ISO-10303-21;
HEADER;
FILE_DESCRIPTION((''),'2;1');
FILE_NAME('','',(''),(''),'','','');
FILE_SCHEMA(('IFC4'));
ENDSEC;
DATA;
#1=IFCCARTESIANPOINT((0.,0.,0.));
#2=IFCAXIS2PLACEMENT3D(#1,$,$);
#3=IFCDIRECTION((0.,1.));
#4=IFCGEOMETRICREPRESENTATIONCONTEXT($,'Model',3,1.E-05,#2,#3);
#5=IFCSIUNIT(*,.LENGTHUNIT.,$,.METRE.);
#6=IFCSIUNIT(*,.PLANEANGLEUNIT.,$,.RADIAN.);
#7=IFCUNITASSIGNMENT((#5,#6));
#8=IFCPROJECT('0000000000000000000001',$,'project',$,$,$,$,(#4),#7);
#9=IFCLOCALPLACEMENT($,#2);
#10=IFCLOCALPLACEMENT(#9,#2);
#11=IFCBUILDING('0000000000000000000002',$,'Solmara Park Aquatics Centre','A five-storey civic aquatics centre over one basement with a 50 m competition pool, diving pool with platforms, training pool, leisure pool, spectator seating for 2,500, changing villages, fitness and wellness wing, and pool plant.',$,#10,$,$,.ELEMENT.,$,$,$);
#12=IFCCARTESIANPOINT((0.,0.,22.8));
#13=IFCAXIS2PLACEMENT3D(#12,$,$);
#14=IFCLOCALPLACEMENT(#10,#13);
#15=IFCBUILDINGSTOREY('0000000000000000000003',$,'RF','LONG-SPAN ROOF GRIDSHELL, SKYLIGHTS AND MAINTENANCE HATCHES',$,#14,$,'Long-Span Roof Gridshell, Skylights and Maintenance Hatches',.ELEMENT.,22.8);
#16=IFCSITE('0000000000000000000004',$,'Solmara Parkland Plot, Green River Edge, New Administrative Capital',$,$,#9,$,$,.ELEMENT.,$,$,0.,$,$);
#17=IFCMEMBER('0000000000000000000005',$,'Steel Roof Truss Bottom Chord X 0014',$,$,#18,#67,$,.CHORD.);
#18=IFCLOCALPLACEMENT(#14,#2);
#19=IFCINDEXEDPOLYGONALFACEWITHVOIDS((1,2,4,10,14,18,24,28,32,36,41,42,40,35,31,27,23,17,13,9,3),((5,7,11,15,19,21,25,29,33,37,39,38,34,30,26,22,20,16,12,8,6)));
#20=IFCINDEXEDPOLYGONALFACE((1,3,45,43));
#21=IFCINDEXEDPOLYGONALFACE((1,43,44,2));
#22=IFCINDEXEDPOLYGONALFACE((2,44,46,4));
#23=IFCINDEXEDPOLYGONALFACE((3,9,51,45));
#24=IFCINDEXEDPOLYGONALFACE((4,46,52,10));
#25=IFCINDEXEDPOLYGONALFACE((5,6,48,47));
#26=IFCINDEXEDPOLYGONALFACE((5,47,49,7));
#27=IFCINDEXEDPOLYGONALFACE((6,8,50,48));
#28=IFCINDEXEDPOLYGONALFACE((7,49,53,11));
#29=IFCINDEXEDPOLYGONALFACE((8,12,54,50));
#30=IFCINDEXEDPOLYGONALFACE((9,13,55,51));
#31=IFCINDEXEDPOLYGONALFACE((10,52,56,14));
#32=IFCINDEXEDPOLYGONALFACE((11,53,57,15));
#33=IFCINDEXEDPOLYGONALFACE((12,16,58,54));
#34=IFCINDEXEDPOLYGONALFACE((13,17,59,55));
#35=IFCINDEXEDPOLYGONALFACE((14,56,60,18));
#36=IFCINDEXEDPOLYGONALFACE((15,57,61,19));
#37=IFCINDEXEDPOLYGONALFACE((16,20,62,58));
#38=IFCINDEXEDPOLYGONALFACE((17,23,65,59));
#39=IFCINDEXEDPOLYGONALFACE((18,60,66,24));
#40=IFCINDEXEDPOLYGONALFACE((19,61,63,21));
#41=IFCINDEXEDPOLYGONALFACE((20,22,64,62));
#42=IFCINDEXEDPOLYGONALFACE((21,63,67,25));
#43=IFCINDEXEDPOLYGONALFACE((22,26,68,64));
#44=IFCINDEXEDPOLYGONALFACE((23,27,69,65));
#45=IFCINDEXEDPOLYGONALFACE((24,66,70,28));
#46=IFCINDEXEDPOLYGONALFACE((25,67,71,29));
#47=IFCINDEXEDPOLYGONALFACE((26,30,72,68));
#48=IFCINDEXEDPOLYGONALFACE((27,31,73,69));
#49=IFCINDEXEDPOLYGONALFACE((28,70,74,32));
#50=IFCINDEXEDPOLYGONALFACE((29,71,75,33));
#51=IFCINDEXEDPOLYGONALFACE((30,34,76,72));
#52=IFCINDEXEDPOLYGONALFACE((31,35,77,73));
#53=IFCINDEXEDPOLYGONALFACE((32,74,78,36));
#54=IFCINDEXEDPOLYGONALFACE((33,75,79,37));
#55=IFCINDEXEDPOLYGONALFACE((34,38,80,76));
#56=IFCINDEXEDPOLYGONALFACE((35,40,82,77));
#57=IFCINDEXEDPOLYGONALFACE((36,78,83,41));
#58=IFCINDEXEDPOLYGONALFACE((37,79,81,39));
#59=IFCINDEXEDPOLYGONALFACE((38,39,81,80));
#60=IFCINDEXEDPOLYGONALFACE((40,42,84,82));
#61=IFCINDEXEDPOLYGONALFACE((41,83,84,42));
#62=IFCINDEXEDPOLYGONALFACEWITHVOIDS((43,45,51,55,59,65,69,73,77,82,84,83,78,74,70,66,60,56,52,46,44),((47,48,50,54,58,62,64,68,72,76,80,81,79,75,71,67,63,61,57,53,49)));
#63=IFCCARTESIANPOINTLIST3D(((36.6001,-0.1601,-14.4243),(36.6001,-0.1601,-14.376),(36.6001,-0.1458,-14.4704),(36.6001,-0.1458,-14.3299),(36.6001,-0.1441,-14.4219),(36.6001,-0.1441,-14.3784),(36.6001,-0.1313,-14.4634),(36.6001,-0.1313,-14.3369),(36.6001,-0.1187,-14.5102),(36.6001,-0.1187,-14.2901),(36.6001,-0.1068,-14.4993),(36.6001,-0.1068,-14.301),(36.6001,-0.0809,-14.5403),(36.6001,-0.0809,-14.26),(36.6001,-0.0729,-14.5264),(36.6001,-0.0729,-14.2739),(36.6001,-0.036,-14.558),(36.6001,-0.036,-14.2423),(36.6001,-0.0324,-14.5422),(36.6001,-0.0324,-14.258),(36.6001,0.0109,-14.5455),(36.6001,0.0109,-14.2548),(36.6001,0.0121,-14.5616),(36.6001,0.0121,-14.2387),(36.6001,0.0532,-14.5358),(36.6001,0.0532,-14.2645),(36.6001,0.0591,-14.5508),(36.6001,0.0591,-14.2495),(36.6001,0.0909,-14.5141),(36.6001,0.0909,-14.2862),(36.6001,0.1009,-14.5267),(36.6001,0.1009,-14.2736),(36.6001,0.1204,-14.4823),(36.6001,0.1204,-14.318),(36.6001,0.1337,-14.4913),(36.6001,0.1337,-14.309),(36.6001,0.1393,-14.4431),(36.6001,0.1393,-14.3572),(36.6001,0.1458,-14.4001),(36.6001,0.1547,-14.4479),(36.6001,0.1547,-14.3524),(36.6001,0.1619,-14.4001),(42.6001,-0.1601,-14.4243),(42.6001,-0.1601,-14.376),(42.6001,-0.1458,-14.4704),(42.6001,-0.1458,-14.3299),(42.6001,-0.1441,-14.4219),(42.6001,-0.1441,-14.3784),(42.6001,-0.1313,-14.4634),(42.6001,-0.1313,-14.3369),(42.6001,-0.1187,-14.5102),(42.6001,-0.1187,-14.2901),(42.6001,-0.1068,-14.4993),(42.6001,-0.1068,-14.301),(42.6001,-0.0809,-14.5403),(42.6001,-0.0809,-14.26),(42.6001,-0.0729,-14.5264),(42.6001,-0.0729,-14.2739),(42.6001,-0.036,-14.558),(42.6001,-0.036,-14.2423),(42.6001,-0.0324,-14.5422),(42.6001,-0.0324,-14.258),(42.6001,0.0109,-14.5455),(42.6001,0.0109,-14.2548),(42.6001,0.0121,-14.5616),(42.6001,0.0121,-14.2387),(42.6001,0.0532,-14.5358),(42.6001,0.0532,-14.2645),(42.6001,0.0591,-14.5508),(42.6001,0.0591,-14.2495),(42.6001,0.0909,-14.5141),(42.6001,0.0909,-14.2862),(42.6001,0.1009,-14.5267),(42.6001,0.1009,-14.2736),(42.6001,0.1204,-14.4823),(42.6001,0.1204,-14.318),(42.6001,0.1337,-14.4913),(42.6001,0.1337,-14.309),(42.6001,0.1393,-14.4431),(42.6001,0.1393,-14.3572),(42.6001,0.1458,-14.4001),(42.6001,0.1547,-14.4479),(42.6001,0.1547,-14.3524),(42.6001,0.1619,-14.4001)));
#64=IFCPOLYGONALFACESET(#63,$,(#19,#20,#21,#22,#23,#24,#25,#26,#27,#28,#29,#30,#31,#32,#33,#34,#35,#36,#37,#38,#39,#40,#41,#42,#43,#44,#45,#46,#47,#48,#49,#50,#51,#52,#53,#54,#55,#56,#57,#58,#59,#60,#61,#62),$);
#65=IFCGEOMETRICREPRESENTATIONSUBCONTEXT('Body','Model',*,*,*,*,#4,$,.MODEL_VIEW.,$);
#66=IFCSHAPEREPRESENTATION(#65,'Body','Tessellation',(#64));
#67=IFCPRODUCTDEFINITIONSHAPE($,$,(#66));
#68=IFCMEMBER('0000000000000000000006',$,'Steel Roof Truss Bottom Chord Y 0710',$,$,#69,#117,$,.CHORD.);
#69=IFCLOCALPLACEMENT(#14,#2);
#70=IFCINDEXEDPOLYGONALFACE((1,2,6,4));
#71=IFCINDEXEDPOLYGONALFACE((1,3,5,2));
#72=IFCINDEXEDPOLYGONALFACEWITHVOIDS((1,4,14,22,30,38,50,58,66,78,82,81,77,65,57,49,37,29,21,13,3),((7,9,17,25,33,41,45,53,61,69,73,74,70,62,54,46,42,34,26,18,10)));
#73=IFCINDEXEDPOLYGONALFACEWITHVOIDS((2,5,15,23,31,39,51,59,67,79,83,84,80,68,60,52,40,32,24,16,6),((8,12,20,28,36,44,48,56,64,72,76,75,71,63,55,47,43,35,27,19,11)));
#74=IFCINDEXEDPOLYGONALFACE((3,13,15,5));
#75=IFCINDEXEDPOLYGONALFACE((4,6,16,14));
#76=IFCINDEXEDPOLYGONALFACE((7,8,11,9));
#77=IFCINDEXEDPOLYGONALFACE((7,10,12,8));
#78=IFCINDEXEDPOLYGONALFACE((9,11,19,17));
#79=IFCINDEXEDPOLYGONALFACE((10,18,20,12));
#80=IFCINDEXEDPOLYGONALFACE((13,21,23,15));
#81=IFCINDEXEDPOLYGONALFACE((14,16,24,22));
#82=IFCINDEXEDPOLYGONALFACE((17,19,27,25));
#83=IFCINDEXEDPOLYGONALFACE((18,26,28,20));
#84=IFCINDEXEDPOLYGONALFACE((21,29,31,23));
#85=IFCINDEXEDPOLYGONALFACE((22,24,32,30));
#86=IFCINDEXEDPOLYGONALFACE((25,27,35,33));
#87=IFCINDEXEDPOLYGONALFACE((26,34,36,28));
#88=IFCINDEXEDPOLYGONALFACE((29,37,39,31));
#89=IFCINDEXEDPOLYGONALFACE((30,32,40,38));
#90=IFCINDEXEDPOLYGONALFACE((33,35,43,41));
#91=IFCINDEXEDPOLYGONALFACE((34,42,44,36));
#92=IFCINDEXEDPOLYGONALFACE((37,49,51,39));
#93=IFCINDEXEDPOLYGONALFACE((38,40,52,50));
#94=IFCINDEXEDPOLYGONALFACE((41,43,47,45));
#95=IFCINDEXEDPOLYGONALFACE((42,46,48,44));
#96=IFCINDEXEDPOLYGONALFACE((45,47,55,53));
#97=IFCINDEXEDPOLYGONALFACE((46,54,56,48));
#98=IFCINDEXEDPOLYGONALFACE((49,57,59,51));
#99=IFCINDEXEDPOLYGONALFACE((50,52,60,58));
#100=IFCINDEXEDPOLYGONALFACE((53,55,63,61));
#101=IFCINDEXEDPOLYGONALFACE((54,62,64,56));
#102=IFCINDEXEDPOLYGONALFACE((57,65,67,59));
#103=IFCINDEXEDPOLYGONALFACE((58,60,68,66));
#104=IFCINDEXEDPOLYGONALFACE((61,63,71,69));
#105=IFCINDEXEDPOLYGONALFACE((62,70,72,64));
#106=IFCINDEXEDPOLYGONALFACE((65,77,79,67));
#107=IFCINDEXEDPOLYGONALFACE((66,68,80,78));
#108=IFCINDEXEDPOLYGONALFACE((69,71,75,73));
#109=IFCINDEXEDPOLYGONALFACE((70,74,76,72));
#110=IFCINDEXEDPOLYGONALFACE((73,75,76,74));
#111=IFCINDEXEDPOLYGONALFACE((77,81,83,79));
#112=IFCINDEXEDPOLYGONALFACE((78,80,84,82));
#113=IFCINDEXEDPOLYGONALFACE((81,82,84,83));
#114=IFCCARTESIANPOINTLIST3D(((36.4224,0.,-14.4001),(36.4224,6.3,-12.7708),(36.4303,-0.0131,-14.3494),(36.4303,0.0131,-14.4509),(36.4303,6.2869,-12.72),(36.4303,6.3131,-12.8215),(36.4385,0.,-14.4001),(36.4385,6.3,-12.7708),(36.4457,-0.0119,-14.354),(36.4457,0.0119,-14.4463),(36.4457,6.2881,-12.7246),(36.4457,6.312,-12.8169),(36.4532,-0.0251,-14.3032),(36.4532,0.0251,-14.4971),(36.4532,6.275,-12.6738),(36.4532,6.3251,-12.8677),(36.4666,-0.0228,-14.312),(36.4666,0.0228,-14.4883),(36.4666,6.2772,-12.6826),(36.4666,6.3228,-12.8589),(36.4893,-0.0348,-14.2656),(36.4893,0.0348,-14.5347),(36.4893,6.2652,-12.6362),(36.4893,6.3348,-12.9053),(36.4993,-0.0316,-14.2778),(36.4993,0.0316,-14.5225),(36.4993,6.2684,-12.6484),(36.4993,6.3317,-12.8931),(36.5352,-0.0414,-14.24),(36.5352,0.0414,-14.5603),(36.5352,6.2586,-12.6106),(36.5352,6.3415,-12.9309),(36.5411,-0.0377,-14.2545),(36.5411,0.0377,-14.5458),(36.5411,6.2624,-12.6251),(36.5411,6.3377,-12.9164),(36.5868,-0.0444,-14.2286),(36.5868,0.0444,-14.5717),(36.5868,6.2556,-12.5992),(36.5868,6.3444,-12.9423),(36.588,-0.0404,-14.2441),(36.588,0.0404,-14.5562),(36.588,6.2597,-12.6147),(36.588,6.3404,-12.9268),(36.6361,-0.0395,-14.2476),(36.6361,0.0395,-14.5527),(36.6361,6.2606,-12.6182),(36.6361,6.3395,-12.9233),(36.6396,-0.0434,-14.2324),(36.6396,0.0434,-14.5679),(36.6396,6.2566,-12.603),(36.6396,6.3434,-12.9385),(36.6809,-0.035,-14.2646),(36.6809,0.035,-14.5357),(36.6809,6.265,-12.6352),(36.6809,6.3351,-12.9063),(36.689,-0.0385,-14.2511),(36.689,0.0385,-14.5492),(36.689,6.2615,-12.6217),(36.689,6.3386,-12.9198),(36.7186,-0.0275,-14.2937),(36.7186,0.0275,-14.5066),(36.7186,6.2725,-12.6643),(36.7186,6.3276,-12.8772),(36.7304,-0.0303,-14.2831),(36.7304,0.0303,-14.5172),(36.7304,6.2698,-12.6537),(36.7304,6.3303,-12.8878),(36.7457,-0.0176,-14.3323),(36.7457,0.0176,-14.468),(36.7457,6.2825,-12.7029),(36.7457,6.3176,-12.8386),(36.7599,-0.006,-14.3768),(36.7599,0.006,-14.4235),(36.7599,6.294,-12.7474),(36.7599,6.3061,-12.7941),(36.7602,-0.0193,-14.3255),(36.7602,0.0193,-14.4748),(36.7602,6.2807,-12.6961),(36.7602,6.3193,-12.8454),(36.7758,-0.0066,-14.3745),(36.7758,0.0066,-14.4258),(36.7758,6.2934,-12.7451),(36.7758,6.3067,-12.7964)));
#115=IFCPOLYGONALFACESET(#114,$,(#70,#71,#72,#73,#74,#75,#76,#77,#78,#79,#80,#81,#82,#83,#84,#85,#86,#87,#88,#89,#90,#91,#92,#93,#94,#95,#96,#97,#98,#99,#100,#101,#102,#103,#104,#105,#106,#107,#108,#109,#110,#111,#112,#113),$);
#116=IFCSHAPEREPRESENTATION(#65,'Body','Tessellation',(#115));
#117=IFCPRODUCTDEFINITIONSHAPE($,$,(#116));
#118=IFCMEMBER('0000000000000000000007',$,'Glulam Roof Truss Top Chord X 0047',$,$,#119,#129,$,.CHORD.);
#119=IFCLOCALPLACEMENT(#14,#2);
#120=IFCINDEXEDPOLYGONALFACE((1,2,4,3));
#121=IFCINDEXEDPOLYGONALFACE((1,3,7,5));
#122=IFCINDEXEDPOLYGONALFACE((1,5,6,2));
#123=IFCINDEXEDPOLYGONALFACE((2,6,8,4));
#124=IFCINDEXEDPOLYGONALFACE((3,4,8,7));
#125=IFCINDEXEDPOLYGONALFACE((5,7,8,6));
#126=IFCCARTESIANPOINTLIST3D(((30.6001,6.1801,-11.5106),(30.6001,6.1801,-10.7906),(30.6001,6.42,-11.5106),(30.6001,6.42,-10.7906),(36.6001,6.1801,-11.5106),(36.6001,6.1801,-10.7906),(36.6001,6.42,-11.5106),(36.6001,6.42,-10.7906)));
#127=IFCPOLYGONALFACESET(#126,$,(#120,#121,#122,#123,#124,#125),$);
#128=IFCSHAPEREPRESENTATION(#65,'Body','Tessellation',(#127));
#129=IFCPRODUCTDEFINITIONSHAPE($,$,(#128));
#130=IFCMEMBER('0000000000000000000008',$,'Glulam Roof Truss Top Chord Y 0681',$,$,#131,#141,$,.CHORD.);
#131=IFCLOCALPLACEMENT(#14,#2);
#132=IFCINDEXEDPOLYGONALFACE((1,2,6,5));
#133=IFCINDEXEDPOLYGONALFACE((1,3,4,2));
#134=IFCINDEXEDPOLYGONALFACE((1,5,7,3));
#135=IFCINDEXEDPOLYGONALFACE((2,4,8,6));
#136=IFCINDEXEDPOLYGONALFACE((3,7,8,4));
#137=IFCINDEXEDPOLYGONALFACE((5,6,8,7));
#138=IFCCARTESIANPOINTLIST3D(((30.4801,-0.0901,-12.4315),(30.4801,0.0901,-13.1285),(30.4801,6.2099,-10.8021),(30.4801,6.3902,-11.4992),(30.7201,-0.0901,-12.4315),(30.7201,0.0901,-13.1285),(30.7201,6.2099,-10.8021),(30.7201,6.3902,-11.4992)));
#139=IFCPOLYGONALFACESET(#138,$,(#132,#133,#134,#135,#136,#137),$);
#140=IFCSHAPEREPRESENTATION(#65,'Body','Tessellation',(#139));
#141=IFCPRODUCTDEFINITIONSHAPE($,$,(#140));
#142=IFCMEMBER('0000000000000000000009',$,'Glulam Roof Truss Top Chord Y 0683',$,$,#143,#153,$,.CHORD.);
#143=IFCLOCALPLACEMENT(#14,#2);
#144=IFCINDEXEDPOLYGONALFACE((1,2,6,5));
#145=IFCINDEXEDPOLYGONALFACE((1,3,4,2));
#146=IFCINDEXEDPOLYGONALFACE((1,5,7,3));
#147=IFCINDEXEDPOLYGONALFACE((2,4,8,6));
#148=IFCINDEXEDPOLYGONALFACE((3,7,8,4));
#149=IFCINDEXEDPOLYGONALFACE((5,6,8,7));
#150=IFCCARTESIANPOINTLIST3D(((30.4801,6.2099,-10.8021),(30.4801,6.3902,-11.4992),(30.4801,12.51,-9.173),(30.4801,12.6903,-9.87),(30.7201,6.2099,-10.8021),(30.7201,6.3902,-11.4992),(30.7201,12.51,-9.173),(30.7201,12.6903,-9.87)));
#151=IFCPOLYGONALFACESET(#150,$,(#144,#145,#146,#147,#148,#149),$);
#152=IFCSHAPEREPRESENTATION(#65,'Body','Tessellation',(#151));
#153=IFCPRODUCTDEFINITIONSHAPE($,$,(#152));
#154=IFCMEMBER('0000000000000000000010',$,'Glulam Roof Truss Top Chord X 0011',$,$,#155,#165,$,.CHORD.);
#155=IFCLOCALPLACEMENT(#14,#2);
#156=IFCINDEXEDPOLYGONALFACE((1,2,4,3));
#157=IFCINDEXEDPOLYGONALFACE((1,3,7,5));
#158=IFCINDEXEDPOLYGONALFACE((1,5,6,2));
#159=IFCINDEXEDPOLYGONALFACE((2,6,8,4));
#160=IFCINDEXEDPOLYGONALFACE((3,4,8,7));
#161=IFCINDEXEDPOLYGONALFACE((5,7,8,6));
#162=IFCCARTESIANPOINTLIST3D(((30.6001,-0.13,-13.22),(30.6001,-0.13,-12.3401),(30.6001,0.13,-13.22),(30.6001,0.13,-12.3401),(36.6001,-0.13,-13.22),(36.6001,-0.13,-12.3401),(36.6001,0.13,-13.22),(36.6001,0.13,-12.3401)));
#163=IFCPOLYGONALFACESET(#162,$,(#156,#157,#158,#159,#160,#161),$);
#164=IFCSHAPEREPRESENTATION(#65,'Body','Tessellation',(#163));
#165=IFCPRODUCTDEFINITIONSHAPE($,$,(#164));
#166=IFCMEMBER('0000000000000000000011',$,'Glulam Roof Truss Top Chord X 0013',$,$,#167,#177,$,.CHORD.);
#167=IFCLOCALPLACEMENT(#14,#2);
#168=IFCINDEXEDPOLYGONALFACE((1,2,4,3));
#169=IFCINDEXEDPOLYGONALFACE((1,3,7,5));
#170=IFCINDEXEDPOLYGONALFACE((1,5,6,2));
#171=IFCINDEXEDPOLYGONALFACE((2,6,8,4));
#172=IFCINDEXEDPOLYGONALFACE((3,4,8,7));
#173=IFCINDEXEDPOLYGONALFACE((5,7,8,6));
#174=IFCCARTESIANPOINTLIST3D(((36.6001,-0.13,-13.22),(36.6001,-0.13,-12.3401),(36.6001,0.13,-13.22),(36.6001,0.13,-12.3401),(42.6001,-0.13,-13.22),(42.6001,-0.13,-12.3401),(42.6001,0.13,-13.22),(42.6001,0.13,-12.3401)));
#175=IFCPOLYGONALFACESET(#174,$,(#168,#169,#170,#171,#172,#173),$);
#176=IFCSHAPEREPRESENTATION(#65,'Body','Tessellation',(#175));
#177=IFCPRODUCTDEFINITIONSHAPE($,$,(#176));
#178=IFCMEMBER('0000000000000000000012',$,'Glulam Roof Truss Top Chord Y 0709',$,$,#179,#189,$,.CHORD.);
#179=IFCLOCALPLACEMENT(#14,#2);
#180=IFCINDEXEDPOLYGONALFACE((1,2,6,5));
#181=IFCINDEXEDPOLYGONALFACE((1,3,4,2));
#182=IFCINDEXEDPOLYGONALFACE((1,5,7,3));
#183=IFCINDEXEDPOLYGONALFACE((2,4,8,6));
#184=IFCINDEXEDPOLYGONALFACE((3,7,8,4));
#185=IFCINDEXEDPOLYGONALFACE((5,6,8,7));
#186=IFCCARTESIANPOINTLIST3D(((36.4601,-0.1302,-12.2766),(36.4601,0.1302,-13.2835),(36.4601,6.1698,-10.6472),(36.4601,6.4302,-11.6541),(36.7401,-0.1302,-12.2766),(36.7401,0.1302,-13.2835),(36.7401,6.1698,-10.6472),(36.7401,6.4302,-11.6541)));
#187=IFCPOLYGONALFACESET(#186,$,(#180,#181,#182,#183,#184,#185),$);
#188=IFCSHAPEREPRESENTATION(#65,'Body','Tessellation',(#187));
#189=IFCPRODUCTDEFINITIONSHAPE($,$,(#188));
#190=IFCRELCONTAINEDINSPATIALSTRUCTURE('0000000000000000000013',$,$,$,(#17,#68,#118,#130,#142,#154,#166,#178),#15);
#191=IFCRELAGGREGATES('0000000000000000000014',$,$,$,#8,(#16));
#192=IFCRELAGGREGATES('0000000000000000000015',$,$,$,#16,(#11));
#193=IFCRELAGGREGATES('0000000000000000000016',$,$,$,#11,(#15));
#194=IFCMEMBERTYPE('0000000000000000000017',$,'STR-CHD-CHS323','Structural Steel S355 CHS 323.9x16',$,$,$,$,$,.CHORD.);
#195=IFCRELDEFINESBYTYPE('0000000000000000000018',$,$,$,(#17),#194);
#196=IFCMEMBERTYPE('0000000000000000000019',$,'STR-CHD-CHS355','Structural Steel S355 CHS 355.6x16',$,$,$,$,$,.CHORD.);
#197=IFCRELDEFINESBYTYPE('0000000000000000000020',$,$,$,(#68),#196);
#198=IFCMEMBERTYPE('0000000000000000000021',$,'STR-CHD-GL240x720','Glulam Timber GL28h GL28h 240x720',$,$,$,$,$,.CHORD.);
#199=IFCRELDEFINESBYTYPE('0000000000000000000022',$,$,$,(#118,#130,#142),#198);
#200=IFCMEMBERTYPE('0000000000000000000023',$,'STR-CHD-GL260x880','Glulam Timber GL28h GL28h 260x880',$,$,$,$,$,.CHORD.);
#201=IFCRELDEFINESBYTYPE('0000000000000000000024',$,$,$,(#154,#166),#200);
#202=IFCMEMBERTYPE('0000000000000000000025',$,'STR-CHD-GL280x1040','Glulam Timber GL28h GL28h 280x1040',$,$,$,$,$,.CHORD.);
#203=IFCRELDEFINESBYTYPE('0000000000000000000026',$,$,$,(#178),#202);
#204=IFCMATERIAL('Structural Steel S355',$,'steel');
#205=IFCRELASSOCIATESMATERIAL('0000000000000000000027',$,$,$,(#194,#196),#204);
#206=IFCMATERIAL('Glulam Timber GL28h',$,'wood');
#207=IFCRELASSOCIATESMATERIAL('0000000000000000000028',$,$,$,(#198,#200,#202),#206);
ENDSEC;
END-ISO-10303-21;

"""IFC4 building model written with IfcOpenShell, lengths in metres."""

from ifc_helpers import new_model, si_unit, direction, frame, origin, origin_2d, place, context, subcontext, project, spatial, rectangle, hollow_circle, extrude, material, material_profile, profile_set, type_object, element, save


model = new_model("IFC4")

# Units and contexts
model_context = context("Model", 3, precision=1e-05, world=origin(), true_north=direction((0.0, 1.0)))
body_context = subcontext(model_context, "Body", "Model", "MODEL_VIEW")
ifc_project = project(units=[si_unit("LENGTHUNIT", "METRE"), si_unit("PLANEANGLEUNIT", "RADIAN")], contexts=[model_context])

# Site, building, storey
site_placement = place(None, origin())
site = spatial("IfcSite", under=ifc_project, at=site_placement, Name="Solmara Parkland Plot, Green River Edge, New Administrative Capital", CompositionType="ELEMENT", RefElevation=0.0)
building_placement = place(site_placement, origin())
building = spatial("IfcBuilding", under=site, at=building_placement, Name="Solmara Park Aquatics Centre", Description="A five-storey civic aquatics centre over one basement with a 50 m competition pool, diving pool with platforms, training pool, leisure pool, spectator seating for 2,500, changing villages, fitness and wellness wing, and pool plant.", CompositionType="ELEMENT")
storey_placement = place(building_placement, frame((0.0, 0.0, 22.8)))
storey = spatial("IfcBuildingStorey", under=building, at=storey_placement, Name="RF", Description="LONG-SPAN ROOF GRIDSHELL, SKYLIGHTS AND MAINTENANCE HATCHES", LongName="Long-Span Roof Gridshell, Skylights and Maintenance Hatches", CompositionType="ELEMENT", Elevation=22.8)

# Members
ifc_material_1 = material(Name="Structural Steel S355", Category="steel")
ifc_material_profile_1 = material_profile(ifc_material_1, hollow_circle(Radius=0.1619, WallThickness=0.0161, at=origin_2d()), Name="CHS 323.9x16")
ifc_profile_set_1 = profile_set([ifc_material_profile_1], Name="Structural Steel S355")
member_type_1 = type_object("IfcMemberType", Name="STR-CHD-CHS323", Description="Structural Steel S355 CHS 323.9x16", PredefinedType="CHORD", material=ifc_profile_set_1)
for number, where, z_axis, x_axis, name in (
    (1, (36.6001, 0.0, -14.4001), (1.0, 0.0, 0.0), (0.0, 1.0, 0.0), "Steel Roof Truss Bottom Chord X 0014"),
):
    element("IfcMember", number, at=place(storey_placement, frame(where, z_axis=z_axis, x_axis=x_axis)), inside=storey, type_object=member_type_1, Name=name, PredefinedType="CHORD", context=body_context, shape_type="SweptSolid", body=[
        extrude(hollow_circle(Radius=0.1619, WallThickness=0.0161, at=origin_2d()), origin(), (0.0, 0.0, 1.0), 6.0),
    ])
ifc_material_profile_2 = material_profile(ifc_material_1, hollow_circle(Radius=0.1777, WallThickness=0.0161, at=origin_2d()), Name="CHS 355.6x16")
ifc_profile_set_2 = profile_set([ifc_material_profile_2], Name="Structural Steel S355")
member_type_2 = type_object("IfcMemberType", Name="STR-CHD-CHS355", Description="Structural Steel S355 CHS 355.6x16", PredefinedType="CHORD", material=ifc_profile_set_2)
member_1_placement = place(storey_placement, frame((36.6001, 0.0, -14.4001), z_axis=(0.0, 0.968144, 0.250393), x_axis=(-1.0, 0.0, 0.0)))
element("IfcMember", 2, at=member_1_placement, inside=storey, type_object=member_type_2, Name="Steel Roof Truss Bottom Chord Y 0710", PredefinedType="CHORD", context=body_context, shape_type="SweptSolid", body=[
    extrude(hollow_circle(Radius=0.1777, WallThickness=0.0161, at=origin_2d()), origin(), (0.0, 0.0, 1.0), 6.5073),
])
ifc_material_2 = material(Name="Glulam Timber GL28h", Category="wood")
ifc_material_profile_3 = material_profile(ifc_material_2, rectangle(XDim=0.24, YDim=0.72, at=origin_2d()), Name="GL28h 240x720")
ifc_profile_set_3 = profile_set([ifc_material_profile_3], Name="Glulam Timber GL28h")
member_type_3 = type_object("IfcMemberType", Name="STR-CHD-GL240x720", Description="Glulam Timber GL28h GL28h 240x720", PredefinedType="CHORD", material=ifc_profile_set_3)
member_2_placement = place(storey_placement, frame((30.6001, 6.3, -11.1506), z_axis=(1.0, 0.0, 0.0), x_axis=(0.0, 1.0, 0.0)))
element("IfcMember", 3, at=member_2_placement, inside=storey, type_object=member_type_3, Name="Glulam Roof Truss Top Chord X 0047", PredefinedType="CHORD", context=body_context, shape_type="SweptSolid", body=[
    extrude(rectangle(XDim=0.24, YDim=0.72, at=origin_2d()), origin(), (0.0, 0.0, 1.0), 6.0),
])
for number, where, z_axis, x_axis, name in (
    (4, (30.6001, 0.0, -12.78), (0.0, 0.968144, 0.250393), (-1.0, 0.0, 0.0), "Glulam Roof Truss Top Chord Y 0681"),
    (5, (30.6001, 6.3, -11.1506), (0.0, 0.968153, 0.250358), (-1.0, 0.0, 0.0), "Glulam Roof Truss Top Chord Y 0683"),
):
    element("IfcMember", number, at=place(storey_placement, frame(where, z_axis=z_axis, x_axis=x_axis)), inside=storey, type_object=member_type_3, Name=name, PredefinedType="CHORD", context=body_context, shape_type="SweptSolid", body=[
        extrude(rectangle(XDim=0.24, YDim=0.72, at=origin_2d()), origin(), (0.0, 0.0, 1.0), 6.5073),
    ])
ifc_material_profile_4 = material_profile(ifc_material_2, rectangle(XDim=0.26, YDim=0.8799, at=origin_2d()), Name="GL28h 260x880")
ifc_profile_set_4 = profile_set([ifc_material_profile_4], Name="Glulam Timber GL28h")
member_type_4 = type_object("IfcMemberType", Name="STR-CHD-GL260x880", Description="Glulam Timber GL28h GL28h 260x880", PredefinedType="CHORD", material=ifc_profile_set_4)
for number, where, z_axis, x_axis, name in (
    (6, (30.6001, 0.0, -12.78), (1.0, 0.0, 0.0), (0.0, 1.0, 0.0), "Glulam Roof Truss Top Chord X 0011"),
    (7, (36.6001, 0.0, -12.78), (1.0, 0.0, 0.0), (0.0, 1.0, 0.0), "Glulam Roof Truss Top Chord X 0013"),
):
    element("IfcMember", number, at=place(storey_placement, frame(where, z_axis=z_axis, x_axis=x_axis)), inside=storey, type_object=member_type_4, Name=name, PredefinedType="CHORD", context=body_context, shape_type="SweptSolid", body=[
        extrude(rectangle(XDim=0.26, YDim=0.8799, at=origin_2d()), origin(), (0.0, 0.0, 1.0), 6.0),
    ])
ifc_material_profile_5 = material_profile(ifc_material_2, rectangle(XDim=0.28, YDim=1.04, at=origin_2d()), Name="GL28h 280x1040")
ifc_profile_set_5 = profile_set([ifc_material_profile_5], Name="Glulam Timber GL28h")
member_type_5 = type_object("IfcMemberType", Name="STR-CHD-GL280x1040", Description="Glulam Timber GL28h GL28h 280x1040", PredefinedType="CHORD", material=ifc_profile_set_5)
member_3_placement = place(storey_placement, frame((36.6001, 0.0, -12.78), z_axis=(0.0, 0.968144, 0.250393), x_axis=(-1.0, 0.0, 0.0)))
element("IfcMember", 8, at=member_3_placement, inside=storey, type_object=member_type_5, Name="Glulam Roof Truss Top Chord Y 0709", PredefinedType="CHORD", context=body_context, shape_type="SweptSolid", body=[
    extrude(rectangle(XDim=0.28, YDim=1.04, at=origin_2d()), origin(), (0.0, 0.0, 1.0), 6.5073),
])

save(model, "model.ifc")
